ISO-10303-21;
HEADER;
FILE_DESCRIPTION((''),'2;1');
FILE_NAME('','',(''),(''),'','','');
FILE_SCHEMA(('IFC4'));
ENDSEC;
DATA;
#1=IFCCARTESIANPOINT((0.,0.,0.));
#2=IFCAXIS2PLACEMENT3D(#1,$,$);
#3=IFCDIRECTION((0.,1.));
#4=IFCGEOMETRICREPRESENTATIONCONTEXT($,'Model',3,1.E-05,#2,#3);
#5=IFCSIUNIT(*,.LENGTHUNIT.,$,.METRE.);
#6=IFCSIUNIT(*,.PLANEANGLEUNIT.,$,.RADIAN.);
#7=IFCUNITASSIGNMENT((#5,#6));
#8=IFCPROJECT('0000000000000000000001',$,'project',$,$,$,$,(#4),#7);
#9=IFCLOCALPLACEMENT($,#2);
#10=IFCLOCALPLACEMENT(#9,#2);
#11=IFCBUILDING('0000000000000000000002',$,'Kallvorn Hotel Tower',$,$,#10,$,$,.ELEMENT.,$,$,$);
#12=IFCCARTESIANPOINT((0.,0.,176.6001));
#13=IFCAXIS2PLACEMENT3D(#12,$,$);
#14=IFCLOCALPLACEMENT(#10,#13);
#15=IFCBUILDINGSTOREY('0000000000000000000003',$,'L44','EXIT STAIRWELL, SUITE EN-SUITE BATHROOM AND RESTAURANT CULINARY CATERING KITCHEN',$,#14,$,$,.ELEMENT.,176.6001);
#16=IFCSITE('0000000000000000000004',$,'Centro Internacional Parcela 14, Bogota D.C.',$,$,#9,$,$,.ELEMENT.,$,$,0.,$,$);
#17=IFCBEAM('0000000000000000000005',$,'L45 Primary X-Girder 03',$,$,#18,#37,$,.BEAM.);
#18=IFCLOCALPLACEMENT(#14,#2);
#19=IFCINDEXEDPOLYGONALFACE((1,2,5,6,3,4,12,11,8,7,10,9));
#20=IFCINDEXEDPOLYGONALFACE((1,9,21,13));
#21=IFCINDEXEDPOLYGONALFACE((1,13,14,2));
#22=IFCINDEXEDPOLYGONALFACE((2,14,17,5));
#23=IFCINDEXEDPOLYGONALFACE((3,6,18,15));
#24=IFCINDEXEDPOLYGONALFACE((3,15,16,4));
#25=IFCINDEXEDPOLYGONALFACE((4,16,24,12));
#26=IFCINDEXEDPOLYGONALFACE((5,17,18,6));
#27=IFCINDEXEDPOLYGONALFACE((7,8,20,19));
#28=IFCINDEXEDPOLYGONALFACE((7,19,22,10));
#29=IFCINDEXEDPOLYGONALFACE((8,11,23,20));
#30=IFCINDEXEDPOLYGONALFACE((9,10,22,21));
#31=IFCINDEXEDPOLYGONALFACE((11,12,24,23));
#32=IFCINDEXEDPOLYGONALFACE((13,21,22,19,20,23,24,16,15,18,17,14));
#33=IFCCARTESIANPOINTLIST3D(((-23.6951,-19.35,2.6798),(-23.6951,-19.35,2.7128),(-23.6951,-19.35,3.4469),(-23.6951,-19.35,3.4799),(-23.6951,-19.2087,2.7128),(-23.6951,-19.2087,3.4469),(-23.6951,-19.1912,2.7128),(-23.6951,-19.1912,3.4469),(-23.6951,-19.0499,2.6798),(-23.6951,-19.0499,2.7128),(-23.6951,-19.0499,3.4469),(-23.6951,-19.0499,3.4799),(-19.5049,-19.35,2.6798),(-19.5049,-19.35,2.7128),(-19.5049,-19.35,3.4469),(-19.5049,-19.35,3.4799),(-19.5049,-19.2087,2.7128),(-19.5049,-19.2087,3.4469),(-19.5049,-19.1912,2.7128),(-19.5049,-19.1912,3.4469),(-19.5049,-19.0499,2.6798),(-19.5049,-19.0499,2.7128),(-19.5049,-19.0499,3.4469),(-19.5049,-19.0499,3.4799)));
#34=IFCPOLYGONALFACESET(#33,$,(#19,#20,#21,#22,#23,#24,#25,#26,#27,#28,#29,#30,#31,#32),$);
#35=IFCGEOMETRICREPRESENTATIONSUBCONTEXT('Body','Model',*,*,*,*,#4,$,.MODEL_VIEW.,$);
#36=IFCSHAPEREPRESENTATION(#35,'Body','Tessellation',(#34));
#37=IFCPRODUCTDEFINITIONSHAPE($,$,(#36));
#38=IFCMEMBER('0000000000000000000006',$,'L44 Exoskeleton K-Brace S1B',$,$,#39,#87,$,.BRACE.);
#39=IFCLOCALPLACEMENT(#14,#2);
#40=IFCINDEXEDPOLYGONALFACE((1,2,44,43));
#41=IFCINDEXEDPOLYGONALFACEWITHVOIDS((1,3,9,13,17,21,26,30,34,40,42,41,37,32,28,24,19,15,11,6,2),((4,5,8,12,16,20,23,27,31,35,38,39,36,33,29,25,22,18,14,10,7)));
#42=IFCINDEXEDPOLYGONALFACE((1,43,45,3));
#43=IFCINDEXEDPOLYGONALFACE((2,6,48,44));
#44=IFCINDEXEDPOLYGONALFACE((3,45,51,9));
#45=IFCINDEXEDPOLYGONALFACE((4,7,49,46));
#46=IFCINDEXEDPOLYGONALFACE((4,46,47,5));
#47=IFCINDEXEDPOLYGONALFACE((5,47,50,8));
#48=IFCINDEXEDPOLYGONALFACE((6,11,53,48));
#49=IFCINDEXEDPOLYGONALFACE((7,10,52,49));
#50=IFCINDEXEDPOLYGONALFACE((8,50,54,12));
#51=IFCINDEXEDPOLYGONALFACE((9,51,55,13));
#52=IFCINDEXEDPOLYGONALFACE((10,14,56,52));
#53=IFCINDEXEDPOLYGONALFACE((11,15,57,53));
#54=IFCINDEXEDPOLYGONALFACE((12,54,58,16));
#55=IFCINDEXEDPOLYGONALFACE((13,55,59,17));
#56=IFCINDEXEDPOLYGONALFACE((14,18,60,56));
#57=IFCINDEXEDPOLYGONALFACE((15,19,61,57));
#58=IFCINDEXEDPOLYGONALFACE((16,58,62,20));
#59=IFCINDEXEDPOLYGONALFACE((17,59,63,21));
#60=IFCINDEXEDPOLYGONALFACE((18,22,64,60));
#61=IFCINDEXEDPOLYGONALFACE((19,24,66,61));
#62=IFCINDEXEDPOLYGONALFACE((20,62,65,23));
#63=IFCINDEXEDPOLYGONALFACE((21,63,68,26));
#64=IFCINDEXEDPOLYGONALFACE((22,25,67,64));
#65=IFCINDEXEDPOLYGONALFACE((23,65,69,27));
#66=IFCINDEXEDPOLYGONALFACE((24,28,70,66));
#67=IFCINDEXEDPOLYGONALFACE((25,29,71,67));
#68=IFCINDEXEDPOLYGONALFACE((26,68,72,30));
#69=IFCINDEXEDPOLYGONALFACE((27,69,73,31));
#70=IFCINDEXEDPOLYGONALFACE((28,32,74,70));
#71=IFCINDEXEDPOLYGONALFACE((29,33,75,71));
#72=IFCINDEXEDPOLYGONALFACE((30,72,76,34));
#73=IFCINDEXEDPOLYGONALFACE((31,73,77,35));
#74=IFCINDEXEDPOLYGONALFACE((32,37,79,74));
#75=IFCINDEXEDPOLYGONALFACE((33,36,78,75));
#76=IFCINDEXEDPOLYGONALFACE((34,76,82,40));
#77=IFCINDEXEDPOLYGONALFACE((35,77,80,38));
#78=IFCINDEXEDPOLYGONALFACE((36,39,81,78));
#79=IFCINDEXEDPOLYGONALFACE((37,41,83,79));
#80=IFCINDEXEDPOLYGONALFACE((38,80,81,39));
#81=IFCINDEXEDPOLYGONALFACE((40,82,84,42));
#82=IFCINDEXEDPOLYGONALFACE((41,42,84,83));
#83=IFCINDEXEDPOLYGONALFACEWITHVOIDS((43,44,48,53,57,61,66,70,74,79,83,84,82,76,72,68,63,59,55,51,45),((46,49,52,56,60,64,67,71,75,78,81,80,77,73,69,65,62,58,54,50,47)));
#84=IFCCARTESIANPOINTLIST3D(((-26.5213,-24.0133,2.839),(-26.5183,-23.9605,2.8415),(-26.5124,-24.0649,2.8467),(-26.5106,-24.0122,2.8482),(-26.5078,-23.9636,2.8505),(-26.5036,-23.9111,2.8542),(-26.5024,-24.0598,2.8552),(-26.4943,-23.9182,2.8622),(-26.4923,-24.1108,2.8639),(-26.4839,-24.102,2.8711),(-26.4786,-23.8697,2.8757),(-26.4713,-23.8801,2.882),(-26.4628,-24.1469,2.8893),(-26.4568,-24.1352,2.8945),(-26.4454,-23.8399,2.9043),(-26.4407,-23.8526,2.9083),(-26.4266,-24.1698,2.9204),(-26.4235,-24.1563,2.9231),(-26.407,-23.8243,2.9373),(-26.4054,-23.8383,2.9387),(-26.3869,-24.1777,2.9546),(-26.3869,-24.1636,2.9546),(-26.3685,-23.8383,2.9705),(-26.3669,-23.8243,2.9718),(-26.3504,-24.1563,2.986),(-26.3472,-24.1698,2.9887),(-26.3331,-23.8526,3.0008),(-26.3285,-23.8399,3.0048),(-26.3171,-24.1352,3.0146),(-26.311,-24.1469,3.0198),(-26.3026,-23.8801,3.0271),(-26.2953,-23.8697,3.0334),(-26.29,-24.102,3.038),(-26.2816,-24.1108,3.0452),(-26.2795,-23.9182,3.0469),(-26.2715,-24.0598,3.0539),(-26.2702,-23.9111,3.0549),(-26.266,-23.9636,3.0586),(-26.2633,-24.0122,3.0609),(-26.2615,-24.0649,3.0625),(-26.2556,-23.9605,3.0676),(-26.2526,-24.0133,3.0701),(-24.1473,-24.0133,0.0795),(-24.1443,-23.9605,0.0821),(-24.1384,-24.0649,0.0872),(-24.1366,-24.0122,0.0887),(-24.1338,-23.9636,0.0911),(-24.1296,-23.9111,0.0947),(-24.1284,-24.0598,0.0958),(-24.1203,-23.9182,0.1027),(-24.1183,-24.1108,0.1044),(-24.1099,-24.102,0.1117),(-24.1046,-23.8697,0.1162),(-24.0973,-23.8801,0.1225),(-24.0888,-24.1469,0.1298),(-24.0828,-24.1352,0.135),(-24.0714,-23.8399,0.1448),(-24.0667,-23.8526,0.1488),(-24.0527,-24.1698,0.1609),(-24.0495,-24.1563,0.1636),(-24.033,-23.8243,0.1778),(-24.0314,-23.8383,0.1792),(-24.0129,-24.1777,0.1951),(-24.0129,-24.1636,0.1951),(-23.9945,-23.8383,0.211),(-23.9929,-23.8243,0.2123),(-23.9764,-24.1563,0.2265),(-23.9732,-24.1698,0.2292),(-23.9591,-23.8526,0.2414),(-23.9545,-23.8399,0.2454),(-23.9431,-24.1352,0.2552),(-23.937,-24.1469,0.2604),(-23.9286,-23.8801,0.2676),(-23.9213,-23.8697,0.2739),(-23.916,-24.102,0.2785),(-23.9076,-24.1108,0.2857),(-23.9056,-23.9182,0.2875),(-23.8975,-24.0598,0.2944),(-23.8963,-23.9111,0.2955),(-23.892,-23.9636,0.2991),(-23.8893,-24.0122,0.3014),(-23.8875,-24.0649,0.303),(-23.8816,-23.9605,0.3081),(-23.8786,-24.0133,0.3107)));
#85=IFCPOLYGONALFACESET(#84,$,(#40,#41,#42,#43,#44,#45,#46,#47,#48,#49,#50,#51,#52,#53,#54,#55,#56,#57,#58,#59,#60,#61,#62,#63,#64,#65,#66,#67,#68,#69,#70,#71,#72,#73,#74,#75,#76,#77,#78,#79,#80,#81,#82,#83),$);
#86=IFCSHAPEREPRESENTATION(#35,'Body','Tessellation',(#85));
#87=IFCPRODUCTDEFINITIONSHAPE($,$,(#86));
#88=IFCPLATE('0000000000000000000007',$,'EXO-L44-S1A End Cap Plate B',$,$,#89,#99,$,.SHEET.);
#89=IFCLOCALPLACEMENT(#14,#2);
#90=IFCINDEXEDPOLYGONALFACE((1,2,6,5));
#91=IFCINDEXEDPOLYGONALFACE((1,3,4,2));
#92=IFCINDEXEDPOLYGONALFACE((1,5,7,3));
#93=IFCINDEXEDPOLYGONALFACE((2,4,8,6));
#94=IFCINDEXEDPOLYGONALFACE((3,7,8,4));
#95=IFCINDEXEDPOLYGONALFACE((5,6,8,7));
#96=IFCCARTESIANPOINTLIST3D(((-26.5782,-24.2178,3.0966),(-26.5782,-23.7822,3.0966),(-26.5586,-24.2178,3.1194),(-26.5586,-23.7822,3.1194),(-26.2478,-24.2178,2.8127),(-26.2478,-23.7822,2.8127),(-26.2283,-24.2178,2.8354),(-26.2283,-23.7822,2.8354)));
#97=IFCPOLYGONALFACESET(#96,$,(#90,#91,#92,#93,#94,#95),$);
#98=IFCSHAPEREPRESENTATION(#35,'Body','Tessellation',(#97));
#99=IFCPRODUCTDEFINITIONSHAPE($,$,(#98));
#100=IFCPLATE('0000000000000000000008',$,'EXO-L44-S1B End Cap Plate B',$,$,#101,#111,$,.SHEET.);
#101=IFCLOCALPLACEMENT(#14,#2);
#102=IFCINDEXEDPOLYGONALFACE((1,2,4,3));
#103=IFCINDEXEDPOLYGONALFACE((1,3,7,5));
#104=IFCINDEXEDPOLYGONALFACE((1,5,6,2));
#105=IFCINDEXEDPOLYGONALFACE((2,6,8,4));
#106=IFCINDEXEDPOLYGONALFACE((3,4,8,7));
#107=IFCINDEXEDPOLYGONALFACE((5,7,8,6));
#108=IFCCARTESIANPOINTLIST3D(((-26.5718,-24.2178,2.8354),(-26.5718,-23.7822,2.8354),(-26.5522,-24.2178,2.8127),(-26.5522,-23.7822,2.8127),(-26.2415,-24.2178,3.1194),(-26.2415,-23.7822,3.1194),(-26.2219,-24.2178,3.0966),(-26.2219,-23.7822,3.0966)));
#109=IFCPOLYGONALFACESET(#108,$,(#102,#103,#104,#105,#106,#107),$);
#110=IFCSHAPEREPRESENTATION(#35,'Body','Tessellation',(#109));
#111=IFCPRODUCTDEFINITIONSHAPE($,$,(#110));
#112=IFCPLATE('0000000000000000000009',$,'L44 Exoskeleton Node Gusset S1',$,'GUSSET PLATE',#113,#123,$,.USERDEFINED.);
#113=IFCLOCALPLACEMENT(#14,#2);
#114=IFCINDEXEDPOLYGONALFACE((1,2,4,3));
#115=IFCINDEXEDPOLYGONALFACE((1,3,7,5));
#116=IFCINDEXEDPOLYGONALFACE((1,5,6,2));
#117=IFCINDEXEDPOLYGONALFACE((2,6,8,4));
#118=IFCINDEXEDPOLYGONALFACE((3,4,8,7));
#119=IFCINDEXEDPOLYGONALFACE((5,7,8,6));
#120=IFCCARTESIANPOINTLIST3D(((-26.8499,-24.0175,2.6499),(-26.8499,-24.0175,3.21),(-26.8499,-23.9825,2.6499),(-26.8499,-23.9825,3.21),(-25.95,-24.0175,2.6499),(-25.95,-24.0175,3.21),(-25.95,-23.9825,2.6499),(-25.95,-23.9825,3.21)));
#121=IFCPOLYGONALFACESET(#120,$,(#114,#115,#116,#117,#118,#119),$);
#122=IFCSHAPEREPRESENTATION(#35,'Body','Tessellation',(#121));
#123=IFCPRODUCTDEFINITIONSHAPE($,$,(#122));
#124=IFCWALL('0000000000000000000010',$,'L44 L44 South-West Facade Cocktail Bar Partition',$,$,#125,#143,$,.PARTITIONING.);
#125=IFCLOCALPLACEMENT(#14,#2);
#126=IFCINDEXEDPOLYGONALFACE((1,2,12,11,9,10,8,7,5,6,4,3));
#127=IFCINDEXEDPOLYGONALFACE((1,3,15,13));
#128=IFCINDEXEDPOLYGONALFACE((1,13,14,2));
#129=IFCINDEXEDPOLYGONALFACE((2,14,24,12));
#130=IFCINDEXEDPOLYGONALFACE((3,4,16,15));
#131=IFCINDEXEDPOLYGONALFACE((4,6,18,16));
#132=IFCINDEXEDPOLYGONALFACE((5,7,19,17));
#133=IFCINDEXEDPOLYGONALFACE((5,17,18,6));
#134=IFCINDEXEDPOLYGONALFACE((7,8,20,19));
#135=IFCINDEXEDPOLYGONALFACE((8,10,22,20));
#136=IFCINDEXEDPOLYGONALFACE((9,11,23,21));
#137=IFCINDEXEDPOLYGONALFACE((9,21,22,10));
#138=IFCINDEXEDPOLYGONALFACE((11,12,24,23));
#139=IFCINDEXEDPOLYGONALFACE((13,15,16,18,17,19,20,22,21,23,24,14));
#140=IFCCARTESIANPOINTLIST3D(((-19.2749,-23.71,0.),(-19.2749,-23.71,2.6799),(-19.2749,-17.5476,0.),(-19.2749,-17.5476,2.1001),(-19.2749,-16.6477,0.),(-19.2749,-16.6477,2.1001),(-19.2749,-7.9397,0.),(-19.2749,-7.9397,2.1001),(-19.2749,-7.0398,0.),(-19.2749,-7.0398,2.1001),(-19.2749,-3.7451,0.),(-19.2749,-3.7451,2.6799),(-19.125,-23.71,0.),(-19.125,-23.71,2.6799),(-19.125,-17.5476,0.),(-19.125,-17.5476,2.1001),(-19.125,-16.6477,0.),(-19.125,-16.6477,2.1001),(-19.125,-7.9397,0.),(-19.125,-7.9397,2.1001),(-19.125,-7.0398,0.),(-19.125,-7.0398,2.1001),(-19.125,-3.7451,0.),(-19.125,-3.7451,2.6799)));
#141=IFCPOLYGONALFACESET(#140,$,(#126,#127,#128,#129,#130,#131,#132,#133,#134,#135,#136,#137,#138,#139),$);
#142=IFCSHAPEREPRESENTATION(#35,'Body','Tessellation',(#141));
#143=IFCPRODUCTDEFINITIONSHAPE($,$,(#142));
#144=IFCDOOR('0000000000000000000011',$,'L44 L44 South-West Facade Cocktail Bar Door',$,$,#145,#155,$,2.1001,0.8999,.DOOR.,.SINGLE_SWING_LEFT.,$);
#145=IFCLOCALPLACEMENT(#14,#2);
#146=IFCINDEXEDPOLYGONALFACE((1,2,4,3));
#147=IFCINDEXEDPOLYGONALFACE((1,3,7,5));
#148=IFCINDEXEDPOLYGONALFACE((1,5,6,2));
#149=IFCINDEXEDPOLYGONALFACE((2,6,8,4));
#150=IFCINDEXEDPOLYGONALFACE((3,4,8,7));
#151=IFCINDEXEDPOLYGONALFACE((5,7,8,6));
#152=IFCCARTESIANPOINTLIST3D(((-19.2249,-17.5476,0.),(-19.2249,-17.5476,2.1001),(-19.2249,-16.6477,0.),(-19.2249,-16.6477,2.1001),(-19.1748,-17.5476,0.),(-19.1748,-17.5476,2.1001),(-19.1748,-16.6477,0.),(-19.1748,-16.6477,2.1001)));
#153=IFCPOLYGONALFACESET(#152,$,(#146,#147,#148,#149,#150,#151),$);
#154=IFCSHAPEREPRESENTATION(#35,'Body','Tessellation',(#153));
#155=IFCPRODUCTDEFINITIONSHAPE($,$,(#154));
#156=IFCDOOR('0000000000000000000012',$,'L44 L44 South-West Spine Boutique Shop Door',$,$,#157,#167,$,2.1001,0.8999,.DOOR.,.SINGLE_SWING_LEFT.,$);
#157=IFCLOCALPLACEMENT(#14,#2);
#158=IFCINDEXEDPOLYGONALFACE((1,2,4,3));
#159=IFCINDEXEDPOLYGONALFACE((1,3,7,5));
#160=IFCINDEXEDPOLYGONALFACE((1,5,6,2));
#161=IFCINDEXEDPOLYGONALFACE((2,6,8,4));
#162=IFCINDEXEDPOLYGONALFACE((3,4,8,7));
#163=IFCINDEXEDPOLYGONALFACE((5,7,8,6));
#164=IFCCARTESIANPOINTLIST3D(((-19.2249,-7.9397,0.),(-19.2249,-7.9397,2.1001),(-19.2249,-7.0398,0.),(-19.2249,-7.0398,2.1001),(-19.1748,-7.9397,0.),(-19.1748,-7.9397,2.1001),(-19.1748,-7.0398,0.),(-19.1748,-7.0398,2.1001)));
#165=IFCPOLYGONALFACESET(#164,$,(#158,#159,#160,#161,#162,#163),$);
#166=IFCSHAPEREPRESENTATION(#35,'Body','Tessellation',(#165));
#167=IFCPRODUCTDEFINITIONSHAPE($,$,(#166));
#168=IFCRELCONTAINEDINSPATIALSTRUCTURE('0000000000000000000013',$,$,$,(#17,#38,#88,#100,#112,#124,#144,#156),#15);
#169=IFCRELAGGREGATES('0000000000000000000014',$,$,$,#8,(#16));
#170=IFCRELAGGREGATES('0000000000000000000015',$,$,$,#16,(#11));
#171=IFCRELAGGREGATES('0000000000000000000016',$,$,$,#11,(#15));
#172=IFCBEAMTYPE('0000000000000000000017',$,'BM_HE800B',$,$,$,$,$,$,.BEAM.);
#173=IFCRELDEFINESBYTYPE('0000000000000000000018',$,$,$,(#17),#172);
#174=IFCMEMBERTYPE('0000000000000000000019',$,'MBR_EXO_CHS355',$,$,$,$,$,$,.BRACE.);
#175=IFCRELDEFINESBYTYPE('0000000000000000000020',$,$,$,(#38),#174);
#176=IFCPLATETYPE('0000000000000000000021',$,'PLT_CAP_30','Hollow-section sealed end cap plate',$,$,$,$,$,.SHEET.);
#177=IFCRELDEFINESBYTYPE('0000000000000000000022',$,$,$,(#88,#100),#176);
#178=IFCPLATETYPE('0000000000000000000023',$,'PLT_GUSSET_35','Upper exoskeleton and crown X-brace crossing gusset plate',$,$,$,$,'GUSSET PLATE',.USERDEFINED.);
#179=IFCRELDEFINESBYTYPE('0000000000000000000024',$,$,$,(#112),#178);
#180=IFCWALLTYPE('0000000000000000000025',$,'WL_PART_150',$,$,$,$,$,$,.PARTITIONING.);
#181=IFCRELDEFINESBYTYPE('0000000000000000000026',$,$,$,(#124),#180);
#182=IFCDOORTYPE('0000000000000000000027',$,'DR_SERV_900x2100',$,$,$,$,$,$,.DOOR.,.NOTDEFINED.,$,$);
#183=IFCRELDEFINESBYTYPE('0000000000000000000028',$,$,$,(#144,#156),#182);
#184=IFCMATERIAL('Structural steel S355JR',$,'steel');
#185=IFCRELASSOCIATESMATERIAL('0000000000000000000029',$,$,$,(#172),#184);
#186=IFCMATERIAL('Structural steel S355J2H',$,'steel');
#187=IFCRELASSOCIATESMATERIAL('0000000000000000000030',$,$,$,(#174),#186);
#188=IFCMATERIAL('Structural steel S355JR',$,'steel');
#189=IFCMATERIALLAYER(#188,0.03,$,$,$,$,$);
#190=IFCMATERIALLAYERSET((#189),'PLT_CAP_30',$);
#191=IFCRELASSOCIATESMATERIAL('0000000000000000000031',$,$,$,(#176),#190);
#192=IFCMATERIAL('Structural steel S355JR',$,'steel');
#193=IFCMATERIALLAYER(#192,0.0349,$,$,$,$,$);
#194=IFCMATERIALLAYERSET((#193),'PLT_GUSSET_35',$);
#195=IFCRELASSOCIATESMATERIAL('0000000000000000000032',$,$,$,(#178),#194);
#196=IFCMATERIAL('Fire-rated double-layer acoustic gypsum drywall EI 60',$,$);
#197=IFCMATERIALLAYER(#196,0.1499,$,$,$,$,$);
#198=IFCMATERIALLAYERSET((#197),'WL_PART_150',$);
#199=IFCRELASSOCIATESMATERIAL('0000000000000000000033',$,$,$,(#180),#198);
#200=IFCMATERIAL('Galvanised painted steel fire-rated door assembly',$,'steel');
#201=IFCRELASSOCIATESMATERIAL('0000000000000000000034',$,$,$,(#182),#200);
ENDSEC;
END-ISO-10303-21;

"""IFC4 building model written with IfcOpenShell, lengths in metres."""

from ifc_helpers import new_model, si_unit, direction, frame, frame_2d, origin, origin_2d, place, context, subcontext, project, spatial, polyline, rectangle, hollow_circle, i_section, outline, extrude, material, layer, layer_set, material_profile, profile_set, type_object, element, fill, save


model = new_model("IFC4")

# Units and contexts
model_context = context("Model", 3, precision=1e-05, world=origin(), true_north=direction((0.0, 1.0)))
body_context = subcontext(model_context, "Body", "Model", "MODEL_VIEW")
ifc_project = project(units=[si_unit("LENGTHUNIT", "METRE"), si_unit("PLANEANGLEUNIT", "RADIAN")], contexts=[model_context])

# Site, building, storey
site_placement = place(None, origin())
site = spatial("IfcSite", under=ifc_project, at=site_placement, Name="Centro Internacional Parcela 14, Bogota D.C.", CompositionType="ELEMENT", RefElevation=0.0)
building_placement = place(site_placement, origin())
building = spatial("IfcBuilding", under=site, at=building_placement, Name="Kallvorn Hotel Tower", CompositionType="ELEMENT")
storey_placement = place(building_placement, frame((0.0, 0.0, 176.6001)))
storey = spatial("IfcBuildingStorey", under=building, at=storey_placement, Name="L44", Description="EXIT STAIRWELL, SUITE EN-SUITE BATHROOM AND RESTAURANT CULINARY CATERING KITCHEN", CompositionType="ELEMENT", Elevation=176.6001)

# Beam
ifc_material_1 = material(Name="Structural steel S355JR", Category="steel")
ifc_material_profile_1 = material_profile(ifc_material_1, i_section(OverallWidth=0.3, OverallDepth=0.8, WebThickness=0.0176, FlangeThickness=0.033, at=origin_2d()), Name="HE 800 B")
ifc_profile_set_1 = profile_set([ifc_material_profile_1], Name="Structural steel S355JR")
beam_type_1 = type_object("IfcBeamType", Name="BM_HE800B", PredefinedType="BEAM", material=ifc_profile_set_1)
beam_1_placement = place(storey_placement, frame((-23.6951, -19.2, 3.0798), z_axis=(1.0, 0.0, 0.0), x_axis=(0.0, 1.0, 0.0)))
element("IfcBeam", 1, at=beam_1_placement, inside=storey, type_object=beam_type_1, Name="L45 Primary X-Girder 03", PredefinedType="BEAM", context=body_context, shape_type="SweptSolid", body=[
    extrude(i_section(OverallWidth=0.3, OverallDepth=0.8, WebThickness=0.0176, FlangeThickness=0.033, at=origin_2d()), origin(), (0.0, 0.0, 1.0), 4.1902),
])

# Member
ifc_material_2 = material(Name="Structural steel S355J2H", Category="steel")
ifc_material_profile_2 = material_profile(ifc_material_2, hollow_circle(Radius=0.1777, WallThickness=0.0142, at=origin_2d()), Name="CHS 355.6x14.2")
ifc_profile_set_2 = profile_set([ifc_material_profile_2], Name="Structural steel S355J2H")
member_type = type_object("IfcMemberType", Name="MBR_EXO_CHS355", PredefinedType="BRACE", material=ifc_profile_set_2)
member_placement = place(storey_placement, frame((-24.0129, -24.0, 0.1951), z_axis=(-0.652171, 0.0, 0.758072), x_axis=(0.0, -1.0, 0.0)))
element("IfcMember", 2, at=member_placement, inside=storey, type_object=member_type, Name="L44 Exoskeleton K-Brace S1B", PredefinedType="BRACE", context=body_context, shape_type="SweptSolid", body=[
    extrude(hollow_circle(Radius=0.1777, WallThickness=0.0142, at=origin_2d()), origin(), (0.0, 0.0, 1.0), 3.6401),
])

# Plates
ifc_material_3 = material(Name="Structural steel S355JR", Category="steel")
ifc_layer_1 = layer(ifc_material_3, 0.03)
ifc_layer_set_1 = layer_set([ifc_layer_1], Name="PLT_CAP_30")
plate_type_1 = type_object("IfcPlateType", Name="PLT_CAP_30", Description="Hollow-section sealed end cap plate", PredefinedType="SHEET", material=ifc_layer_set_1)
for number, where, z_axis, x_axis, name in (
    (3, (-26.2283, -24.2178, 2.8354), (0.651852, 0.0, 0.758346), (0.0, 1.0, 0.0), "EXO-L44-S1A End Cap Plate B"),
    (4, (-26.5718, -23.7822, 2.8354), (-0.651852, 0.0, 0.758346), (0.0, -1.0, 0.0), "EXO-L44-S1B End Cap Plate B"),
):
    element("IfcPlate", number, at=place(storey_placement, frame(where, z_axis=z_axis, x_axis=x_axis)), inside=storey, type_object=plate_type_1, Name=name, PredefinedType="SHEET", context=body_context, shape_type="SweptSolid", body=[
        extrude(outline(polyline([(0.0, 0.0), (0.4355, 0.0), (0.4355, 0.4356), (0.0, 0.4356), (0.0, 0.0)])), origin(), (0.0, 0.0, -1.0), 0.03),
    ])
ifc_material_4 = material(Name="Structural steel S355JR", Category="steel")
ifc_layer_2 = layer(ifc_material_4, 0.0349)
ifc_layer_set_2 = layer_set([ifc_layer_2], Name="PLT_GUSSET_35")
plate_type_2 = type_object("IfcPlateType", Name="PLT_GUSSET_35", Description="Upper exoskeleton and crown X-brace crossing gusset plate", ElementType="GUSSET PLATE", PredefinedType="USERDEFINED", material=ifc_layer_set_2)
plate_placement = place(storey_placement, frame((-26.3999, -24.0, 2.6499), z_axis=(0.0, 0.0, 1.0), x_axis=(1.0, 0.0, 0.0)))
element("IfcPlate", 5, at=plate_placement, inside=storey, type_object=plate_type_2, Name="L44 Exoskeleton Node Gusset S1", ObjectType="GUSSET PLATE", PredefinedType="USERDEFINED", context=body_context, shape_type="SweptSolid", body=[
    extrude(rectangle(XDim=0.8999, YDim=0.0349, at=origin_2d()), origin(), (0.0, 0.0, 1.0), 0.5601),
])

# Wall, openings, doors
ifc_material_5 = material(Name="Fire-rated double-layer acoustic gypsum drywall EI 60")
ifc_layer_3 = layer(ifc_material_5, 0.1499)
ifc_layer_set_3 = layer_set([ifc_layer_3], Name="WL_PART_150")
wall_type = type_object("IfcWallType", Name="WL_PART_150", PredefinedType="PARTITIONING", material=ifc_layer_set_3)
wall_placement = place(storey_placement, frame((-19.2, -23.71, 0.0), z_axis=(0.0, 0.0, 1.0), x_axis=(0.0, 1.0, 0.0)))
wall = element("IfcWall", 6, at=wall_placement, inside=storey, type_object=wall_type, Name="L44 L44 South-West Facade Cocktail Bar Partition", PredefinedType="PARTITIONING", context=body_context, shape_type="SweptSolid", body=[
    extrude(rectangle(XDim=19.9648, YDim=0.1499, at=frame_2d((9.9824, 0.0))), origin(), (0.0, 0.0, 1.0), 2.6799),
])
opening_1_placement = place(wall_placement, frame((6.1624, 0.0, 0.0)))
opening_1 = element("IfcOpeningElement", 7, at=opening_1_placement, cuts=wall, PredefinedType="OPENING", context=body_context, shape_type="SweptSolid", body=[
    extrude(rectangle(XDim=0.8999, YDim=2.1001, at=frame_2d((0.45, 1.05))), frame((0.0, 0.0898, 0.0), z_axis=(0.0, -1.0, 0.0), x_axis=(1.0, 0.0, 0.0)), (0.0, 0.0, 1.0), 0.1799),
])
opening_2_placement = place(wall_placement, frame((15.7703, 0.0, 0.0)))
opening_2 = element("IfcOpeningElement", 8, at=opening_2_placement, cuts=wall, PredefinedType="OPENING", context=body_context, shape_type="SweptSolid", body=[
    extrude(rectangle(XDim=0.8999, YDim=2.1001, at=frame_2d((0.45, 1.05))), frame((0.0, 0.0898, 0.0), z_axis=(0.0, -1.0, 0.0), x_axis=(1.0, 0.0, 0.0)), (0.0, 0.0, 1.0), 0.1799),
])
ifc_material_6 = material(Name="Galvanised painted steel fire-rated door assembly", Category="steel")
door_type = type_object("IfcDoorType", Name="DR_SERV_900x2100", OperationType="NOTDEFINED", PredefinedType="DOOR", material=ifc_material_6)
door_1_placement = place(opening_1_placement, origin())
door_1 = element("IfcDoor", 9, at=door_1_placement, inside=storey, type_object=door_type, Name="L44 L44 South-West Facade Cocktail Bar Door", OperationType="SINGLE_SWING_LEFT", OverallHeight=2.1001, OverallWidth=0.8999, PredefinedType="DOOR", context=body_context, shape_type="SweptSolid", body=[
    extrude(rectangle(XDim=0.8999, YDim=2.1001, at=frame_2d((0.45, 1.05))), frame((0.0, 0.0249, 0.0), z_axis=(0.0, -1.0, 0.0), x_axis=(1.0, 0.0, 0.0)), (0.0, 0.0, 1.0), 0.05),
])
fill(opening_1, door_1)
door_2_placement = place(opening_2_placement, origin())
door_2 = element("IfcDoor", 10, at=door_2_placement, inside=storey, type_object=door_type, Name="L44 L44 South-West Spine Boutique Shop Door", OperationType="SINGLE_SWING_LEFT", OverallHeight=2.1001, OverallWidth=0.8999, PredefinedType="DOOR", context=body_context, shape_type="SweptSolid", body=[
    extrude(rectangle(XDim=0.8999, YDim=2.1001, at=frame_2d((0.45, 1.05))), frame((0.0, 0.0249, 0.0), z_axis=(0.0, -1.0, 0.0), x_axis=(1.0, 0.0, 0.0)), (0.0, 0.0, 1.0), 0.05),
])
fill(opening_2, door_2)

save(model, "model.ifc")
